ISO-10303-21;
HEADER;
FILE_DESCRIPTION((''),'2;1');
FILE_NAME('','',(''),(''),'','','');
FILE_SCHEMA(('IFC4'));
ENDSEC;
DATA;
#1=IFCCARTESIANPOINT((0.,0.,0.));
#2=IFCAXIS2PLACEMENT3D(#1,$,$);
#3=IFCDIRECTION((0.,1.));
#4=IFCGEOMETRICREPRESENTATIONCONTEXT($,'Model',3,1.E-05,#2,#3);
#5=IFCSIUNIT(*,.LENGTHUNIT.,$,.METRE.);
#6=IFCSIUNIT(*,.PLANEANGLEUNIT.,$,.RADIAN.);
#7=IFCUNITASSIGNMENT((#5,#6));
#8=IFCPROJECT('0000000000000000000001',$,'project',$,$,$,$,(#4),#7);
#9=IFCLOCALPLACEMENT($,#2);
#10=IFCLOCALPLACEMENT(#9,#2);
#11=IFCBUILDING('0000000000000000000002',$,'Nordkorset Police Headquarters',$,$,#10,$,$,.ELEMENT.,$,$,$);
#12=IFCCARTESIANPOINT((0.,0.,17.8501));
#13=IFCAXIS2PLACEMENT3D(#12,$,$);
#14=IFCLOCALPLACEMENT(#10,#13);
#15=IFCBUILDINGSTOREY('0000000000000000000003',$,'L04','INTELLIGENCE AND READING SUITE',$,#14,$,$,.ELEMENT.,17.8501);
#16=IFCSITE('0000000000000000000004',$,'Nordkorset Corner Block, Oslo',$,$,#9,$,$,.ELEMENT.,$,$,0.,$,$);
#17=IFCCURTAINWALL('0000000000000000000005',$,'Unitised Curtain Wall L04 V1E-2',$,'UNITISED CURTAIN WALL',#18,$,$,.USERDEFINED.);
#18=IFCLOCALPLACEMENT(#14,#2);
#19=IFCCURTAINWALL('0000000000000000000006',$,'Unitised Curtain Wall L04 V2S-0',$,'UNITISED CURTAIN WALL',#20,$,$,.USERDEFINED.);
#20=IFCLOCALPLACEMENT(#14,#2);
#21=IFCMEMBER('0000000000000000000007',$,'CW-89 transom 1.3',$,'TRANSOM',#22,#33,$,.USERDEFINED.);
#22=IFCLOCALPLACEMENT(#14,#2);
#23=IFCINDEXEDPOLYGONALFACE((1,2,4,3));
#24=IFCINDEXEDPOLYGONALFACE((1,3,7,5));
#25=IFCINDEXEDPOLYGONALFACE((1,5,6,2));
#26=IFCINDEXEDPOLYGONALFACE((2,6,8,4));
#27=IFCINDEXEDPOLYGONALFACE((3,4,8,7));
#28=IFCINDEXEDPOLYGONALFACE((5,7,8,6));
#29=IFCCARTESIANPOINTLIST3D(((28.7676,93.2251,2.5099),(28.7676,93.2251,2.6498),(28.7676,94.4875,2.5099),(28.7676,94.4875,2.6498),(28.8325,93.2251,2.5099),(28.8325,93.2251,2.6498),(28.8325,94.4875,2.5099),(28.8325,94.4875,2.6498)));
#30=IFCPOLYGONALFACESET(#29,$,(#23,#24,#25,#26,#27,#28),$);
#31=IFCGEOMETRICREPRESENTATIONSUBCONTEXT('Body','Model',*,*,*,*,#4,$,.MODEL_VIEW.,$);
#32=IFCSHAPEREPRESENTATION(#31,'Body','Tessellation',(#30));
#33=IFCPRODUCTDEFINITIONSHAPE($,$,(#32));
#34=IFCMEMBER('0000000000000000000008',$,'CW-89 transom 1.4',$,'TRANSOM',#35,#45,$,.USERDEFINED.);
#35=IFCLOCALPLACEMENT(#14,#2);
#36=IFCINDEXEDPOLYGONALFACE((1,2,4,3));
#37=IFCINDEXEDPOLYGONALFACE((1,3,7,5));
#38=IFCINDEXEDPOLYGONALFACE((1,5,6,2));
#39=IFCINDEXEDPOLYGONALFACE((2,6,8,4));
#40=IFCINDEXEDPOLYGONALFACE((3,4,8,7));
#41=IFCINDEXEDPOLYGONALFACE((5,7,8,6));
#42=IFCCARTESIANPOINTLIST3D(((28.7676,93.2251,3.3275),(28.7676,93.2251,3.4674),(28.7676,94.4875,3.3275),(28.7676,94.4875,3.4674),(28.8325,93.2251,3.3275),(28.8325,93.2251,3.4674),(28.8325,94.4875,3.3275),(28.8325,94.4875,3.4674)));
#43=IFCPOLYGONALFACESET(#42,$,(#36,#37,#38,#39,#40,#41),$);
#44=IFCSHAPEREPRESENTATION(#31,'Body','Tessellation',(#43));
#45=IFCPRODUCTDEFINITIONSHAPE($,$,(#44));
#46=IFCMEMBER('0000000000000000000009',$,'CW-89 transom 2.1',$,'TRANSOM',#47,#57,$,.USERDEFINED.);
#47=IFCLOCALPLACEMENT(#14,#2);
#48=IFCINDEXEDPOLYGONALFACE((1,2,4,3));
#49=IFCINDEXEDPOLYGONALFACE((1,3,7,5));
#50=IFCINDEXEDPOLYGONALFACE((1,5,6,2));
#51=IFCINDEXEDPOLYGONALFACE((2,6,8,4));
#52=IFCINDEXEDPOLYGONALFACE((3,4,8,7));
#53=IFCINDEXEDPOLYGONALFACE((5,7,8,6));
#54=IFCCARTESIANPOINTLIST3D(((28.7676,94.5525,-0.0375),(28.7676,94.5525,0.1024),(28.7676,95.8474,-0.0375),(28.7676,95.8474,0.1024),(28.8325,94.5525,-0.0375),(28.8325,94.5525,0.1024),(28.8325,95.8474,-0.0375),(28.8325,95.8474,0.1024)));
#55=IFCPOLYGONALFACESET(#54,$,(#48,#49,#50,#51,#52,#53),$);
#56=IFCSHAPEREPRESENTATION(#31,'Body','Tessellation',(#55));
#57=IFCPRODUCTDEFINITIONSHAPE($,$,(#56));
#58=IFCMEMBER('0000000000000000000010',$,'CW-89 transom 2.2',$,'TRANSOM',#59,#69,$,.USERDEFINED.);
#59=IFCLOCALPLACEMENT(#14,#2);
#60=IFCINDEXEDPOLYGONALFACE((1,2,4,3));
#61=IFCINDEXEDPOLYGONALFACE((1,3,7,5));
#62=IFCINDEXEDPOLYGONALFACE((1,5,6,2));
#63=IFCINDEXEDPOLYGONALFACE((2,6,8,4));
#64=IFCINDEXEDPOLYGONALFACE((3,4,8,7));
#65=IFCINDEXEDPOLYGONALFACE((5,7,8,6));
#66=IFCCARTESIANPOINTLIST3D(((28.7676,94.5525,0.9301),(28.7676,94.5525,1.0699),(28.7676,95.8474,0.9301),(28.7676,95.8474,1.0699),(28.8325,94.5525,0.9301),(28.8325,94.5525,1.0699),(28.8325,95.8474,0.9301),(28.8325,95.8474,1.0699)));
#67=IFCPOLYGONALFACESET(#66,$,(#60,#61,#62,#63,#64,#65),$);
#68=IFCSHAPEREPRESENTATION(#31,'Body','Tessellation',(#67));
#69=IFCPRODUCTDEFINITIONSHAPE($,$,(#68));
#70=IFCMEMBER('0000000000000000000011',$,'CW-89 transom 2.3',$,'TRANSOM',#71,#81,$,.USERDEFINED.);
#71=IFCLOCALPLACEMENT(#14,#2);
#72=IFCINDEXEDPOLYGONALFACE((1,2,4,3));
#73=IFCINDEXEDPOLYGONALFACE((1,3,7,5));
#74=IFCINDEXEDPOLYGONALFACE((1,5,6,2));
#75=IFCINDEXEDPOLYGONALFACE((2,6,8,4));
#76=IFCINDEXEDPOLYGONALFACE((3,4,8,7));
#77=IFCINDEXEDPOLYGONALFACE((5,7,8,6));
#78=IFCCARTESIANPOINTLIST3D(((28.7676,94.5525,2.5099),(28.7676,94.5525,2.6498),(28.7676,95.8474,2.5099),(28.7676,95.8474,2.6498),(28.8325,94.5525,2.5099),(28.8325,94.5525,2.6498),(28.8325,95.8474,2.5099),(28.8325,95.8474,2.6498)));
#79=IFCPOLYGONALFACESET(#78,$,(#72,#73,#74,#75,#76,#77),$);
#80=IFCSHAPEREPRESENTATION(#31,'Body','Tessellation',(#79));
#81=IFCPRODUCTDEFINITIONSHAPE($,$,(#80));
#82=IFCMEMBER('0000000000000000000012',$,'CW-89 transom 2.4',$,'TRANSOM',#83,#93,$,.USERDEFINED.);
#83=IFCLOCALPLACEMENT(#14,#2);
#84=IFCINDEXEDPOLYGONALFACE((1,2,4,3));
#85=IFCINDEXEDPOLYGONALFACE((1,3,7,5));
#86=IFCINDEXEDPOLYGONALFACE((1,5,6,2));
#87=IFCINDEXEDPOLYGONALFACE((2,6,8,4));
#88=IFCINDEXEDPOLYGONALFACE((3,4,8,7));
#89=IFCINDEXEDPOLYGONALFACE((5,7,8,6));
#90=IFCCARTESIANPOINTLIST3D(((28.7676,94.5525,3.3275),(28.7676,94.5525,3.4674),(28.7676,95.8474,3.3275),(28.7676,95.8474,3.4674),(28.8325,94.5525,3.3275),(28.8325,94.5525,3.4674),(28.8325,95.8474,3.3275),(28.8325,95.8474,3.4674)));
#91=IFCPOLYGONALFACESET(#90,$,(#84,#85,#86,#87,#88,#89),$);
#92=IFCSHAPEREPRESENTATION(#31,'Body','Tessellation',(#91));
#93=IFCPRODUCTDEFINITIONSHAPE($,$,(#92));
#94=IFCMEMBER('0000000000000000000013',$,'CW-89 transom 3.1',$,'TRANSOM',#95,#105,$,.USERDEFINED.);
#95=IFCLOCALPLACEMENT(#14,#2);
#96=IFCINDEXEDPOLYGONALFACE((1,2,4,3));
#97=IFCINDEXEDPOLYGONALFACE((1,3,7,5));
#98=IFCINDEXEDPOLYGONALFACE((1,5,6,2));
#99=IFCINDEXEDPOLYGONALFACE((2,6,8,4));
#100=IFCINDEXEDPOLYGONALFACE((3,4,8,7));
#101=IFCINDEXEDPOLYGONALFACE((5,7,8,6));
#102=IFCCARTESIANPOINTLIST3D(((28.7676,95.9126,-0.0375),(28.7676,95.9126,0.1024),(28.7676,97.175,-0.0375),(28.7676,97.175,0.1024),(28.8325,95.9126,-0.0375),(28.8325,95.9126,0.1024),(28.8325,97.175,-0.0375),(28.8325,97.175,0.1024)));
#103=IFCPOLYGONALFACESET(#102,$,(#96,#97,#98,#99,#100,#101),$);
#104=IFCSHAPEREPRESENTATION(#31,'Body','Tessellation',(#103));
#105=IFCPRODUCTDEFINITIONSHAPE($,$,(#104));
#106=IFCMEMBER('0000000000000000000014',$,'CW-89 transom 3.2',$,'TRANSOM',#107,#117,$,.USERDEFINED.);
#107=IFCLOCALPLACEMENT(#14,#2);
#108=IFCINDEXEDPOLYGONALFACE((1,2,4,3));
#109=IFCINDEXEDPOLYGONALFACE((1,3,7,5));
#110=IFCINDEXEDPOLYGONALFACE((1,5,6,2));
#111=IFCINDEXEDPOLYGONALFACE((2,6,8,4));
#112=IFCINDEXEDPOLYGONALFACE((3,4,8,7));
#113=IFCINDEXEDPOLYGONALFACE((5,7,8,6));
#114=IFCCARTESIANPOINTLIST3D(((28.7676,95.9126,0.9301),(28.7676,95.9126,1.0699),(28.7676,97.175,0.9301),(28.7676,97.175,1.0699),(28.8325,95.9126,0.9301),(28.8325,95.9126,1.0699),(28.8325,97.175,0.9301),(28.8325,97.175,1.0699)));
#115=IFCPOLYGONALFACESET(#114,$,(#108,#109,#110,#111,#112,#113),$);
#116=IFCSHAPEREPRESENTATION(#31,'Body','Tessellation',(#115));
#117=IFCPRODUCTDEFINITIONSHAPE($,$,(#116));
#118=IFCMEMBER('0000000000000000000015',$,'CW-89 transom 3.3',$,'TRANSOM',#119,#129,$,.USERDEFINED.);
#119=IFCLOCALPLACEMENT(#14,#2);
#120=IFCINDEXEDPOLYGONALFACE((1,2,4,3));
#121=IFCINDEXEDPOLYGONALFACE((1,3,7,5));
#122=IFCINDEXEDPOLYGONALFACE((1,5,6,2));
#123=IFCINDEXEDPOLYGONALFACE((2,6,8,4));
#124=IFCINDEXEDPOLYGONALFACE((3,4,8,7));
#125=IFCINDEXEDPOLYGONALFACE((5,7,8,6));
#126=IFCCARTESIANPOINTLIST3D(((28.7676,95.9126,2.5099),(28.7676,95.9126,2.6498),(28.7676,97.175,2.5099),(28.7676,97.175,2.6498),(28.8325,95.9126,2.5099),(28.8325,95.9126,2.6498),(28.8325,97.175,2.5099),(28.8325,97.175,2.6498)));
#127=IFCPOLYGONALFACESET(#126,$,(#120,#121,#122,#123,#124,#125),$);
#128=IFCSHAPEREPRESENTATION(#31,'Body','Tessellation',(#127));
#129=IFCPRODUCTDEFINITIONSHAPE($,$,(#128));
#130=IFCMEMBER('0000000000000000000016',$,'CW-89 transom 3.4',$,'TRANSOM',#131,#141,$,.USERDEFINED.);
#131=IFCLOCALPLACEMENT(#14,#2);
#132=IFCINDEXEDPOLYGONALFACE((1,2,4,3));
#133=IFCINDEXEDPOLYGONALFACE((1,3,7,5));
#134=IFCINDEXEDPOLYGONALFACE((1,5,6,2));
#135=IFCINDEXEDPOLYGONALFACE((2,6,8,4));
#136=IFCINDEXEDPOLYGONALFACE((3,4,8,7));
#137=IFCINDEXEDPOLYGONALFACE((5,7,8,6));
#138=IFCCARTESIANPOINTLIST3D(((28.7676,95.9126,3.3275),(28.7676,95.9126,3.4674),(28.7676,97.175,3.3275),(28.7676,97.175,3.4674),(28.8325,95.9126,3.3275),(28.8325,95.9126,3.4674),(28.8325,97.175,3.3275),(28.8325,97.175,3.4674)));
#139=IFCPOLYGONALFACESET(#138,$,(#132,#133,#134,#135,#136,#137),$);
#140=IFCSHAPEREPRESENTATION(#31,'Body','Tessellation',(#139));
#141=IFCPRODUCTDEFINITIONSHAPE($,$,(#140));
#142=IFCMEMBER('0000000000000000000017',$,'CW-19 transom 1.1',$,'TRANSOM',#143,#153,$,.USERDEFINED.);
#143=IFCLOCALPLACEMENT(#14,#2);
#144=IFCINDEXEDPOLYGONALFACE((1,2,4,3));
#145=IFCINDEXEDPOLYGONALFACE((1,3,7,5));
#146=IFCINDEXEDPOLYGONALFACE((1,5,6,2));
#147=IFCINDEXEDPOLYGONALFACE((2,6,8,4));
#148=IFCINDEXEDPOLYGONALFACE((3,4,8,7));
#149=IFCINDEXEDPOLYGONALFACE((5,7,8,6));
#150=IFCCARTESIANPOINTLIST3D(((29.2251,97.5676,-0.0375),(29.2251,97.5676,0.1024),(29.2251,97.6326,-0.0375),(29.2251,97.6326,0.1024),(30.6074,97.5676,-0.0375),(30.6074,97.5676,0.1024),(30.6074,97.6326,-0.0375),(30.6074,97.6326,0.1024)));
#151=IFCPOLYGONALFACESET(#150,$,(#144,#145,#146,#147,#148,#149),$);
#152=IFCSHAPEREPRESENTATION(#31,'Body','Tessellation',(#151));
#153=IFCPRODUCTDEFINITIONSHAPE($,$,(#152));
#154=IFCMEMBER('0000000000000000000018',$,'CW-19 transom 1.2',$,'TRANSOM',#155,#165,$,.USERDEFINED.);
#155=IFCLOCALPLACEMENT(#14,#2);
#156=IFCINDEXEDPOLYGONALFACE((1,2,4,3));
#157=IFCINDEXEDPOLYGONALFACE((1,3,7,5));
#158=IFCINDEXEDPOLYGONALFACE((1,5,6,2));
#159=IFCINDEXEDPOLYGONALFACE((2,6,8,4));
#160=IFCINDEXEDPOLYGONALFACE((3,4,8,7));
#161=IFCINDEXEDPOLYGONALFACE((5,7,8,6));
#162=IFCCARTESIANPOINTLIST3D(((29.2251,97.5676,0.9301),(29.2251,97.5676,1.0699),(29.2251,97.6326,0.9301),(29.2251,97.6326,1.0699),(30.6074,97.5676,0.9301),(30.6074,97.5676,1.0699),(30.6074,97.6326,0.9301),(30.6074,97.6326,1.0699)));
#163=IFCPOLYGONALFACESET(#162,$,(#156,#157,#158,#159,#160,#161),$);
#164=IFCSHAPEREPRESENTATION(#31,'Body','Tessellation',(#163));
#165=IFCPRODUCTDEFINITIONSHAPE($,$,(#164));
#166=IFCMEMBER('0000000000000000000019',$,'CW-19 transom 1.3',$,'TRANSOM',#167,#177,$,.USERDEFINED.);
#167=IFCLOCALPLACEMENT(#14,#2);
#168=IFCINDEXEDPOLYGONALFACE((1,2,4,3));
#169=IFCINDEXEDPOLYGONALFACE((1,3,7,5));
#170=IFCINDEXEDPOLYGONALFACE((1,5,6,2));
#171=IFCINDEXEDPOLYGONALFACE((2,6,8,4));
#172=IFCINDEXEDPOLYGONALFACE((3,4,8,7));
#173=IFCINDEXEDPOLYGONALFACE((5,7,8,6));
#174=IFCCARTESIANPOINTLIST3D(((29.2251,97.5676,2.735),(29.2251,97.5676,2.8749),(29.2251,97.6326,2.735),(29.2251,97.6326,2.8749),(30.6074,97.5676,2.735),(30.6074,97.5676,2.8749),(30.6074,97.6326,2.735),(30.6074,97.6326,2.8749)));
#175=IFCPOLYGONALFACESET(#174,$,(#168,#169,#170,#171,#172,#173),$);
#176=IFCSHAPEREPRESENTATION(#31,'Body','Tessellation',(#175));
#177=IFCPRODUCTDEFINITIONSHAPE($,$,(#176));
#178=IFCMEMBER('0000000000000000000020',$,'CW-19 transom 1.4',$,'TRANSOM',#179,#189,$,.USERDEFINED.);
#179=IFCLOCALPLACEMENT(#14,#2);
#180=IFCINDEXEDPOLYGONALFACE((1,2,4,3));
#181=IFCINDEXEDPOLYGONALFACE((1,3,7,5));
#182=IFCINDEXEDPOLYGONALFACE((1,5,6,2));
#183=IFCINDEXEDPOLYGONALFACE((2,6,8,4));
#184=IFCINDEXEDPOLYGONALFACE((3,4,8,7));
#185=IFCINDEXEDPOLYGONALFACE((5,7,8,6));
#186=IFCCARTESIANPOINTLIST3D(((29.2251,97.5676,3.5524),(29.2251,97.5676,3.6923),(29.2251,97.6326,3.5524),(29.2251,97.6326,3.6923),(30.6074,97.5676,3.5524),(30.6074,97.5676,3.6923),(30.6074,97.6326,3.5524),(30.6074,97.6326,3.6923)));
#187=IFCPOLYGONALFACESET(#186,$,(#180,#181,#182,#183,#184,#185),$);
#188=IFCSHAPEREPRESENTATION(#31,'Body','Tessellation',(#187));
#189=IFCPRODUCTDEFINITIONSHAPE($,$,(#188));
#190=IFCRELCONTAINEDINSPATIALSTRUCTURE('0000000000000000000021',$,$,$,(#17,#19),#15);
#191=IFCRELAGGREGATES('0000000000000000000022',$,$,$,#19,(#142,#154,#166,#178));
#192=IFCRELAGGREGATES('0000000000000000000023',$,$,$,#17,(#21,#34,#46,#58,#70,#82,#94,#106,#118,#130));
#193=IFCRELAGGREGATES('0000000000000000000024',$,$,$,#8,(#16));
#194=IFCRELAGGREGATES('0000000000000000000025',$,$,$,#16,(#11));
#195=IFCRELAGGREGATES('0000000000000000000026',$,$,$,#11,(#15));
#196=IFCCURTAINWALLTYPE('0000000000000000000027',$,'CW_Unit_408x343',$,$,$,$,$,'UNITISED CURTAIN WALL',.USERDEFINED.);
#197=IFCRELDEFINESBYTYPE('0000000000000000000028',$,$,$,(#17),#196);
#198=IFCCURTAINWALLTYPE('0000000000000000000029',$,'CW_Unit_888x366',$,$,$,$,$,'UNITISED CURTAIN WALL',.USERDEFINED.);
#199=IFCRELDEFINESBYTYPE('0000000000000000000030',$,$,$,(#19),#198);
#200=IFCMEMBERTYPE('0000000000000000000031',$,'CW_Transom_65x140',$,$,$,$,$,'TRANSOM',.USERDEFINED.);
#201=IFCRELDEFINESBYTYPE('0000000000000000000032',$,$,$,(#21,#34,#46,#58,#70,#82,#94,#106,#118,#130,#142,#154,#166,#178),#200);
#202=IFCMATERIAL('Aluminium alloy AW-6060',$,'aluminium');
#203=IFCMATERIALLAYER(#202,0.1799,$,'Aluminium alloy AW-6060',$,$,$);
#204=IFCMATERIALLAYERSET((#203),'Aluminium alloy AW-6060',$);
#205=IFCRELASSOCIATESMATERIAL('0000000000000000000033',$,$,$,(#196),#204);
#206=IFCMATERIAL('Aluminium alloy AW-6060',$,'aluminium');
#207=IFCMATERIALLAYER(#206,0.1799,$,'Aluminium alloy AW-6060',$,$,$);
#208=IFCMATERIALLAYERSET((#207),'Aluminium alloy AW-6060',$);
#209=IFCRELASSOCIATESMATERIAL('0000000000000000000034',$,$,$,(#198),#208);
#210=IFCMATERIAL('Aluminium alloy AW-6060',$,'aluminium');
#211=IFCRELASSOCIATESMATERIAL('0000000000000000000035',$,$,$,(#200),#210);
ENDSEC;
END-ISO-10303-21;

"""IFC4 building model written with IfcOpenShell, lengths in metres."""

from ifc_helpers import new_model, si_unit, direction, frame, origin, origin_2d, place, context, subcontext, project, spatial, rectangle, extrude, material, layer, layer_set, material_profile, profile_set, type_object, element, aggregate, save


model = new_model("IFC4")

# Units and contexts
model_context = context("Model", 3, precision=1e-05, world=origin(), true_north=direction((0.0, 1.0)))
body_context = subcontext(model_context, "Body", "Model", "MODEL_VIEW")
ifc_project = project(units=[si_unit("LENGTHUNIT", "METRE"), si_unit("PLANEANGLEUNIT", "RADIAN")], contexts=[model_context])

# Site, building, storey
site_placement = place(None, origin())
site = spatial("IfcSite", under=ifc_project, at=site_placement, Name="Nordkorset Corner Block, Oslo", CompositionType="ELEMENT", RefElevation=0.0)
building_placement = place(site_placement, origin())
building = spatial("IfcBuilding", under=site, at=building_placement, Name="Nordkorset Police Headquarters", CompositionType="ELEMENT")
storey_placement = place(building_placement, frame((0.0, 0.0, 17.8501)))
storey = spatial("IfcBuildingStorey", under=building, at=storey_placement, Name="L04", Description="INTELLIGENCE AND READING SUITE", CompositionType="ELEMENT", Elevation=17.8501)

# Curtain wall
ifc_material_1 = material(Name="Aluminium alloy AW-6060", Category="aluminium")
ifc_layer_1 = layer(ifc_material_1, 0.1799, Name="Aluminium alloy AW-6060")
ifc_layer_set_1 = layer_set([ifc_layer_1], Name="Aluminium alloy AW-6060")
curtain_wall_type_1 = type_object("IfcCurtainWallType", Name="CW_Unit_408x343", ElementType="UNITISED CURTAIN WALL", PredefinedType="USERDEFINED", material=ifc_layer_set_1)
curtain_wall_1_placement = place(storey_placement, origin())
curtain_wall_1 = element("IfcCurtainWall", 1, at=curtain_wall_1_placement, inside=storey, type_object=curtain_wall_type_1, Name="Unitised Curtain Wall L04 V1E-2", ObjectType="UNITISED CURTAIN WALL", PredefinedType="USERDEFINED")

# Curtain wall
ifc_material_2 = material(Name="Aluminium alloy AW-6060", Category="aluminium")
ifc_layer_2 = layer(ifc_material_2, 0.1799, Name="Aluminium alloy AW-6060")
ifc_layer_set_2 = layer_set([ifc_layer_2], Name="Aluminium alloy AW-6060")
curtain_wall_type_2 = type_object("IfcCurtainWallType", Name="CW_Unit_888x366", ElementType="UNITISED CURTAIN WALL", PredefinedType="USERDEFINED", material=ifc_layer_set_2)
curtain_wall_2_placement = place(storey_placement, origin())
curtain_wall_2 = element("IfcCurtainWall", 2, at=curtain_wall_2_placement, inside=storey, type_object=curtain_wall_type_2, Name="Unitised Curtain Wall L04 V2S-0", ObjectType="UNITISED CURTAIN WALL", PredefinedType="USERDEFINED")

# Members
ifc_material_3 = material(Name="Aluminium alloy AW-6060", Category="aluminium")
ifc_material_profile_1 = material_profile(ifc_material_3, rectangle(XDim=0.0649, YDim=0.1399, at=origin_2d()), Name="ALU TRAN 65x140")
ifc_profile_set_1 = profile_set([ifc_material_profile_1], Name="Aluminium alloy AW-6060")
member_type_1 = type_object("IfcMemberType", Name="CW_Transom_65x140", ElementType="TRANSOM", PredefinedType="USERDEFINED", material=ifc_profile_set_1)
member_1_placement = place(storey_placement, frame((28.8, 93.2251, 2.5798), z_axis=(0.0, 1.0, 0.0), x_axis=(-1.0, 0.0, 0.0)))
member_1 = element("IfcMember", 3, at=member_1_placement, type_object=member_type_1, Name="CW-89 transom 1.3", ObjectType="TRANSOM", PredefinedType="USERDEFINED", context=body_context, shape_type="SweptSolid", body=[
    extrude(rectangle(XDim=0.0649, YDim=0.1399, at=origin_2d()), origin(), (0.0, 0.0, 1.0), 1.2625),
])
member_2_placement = place(storey_placement, frame((28.8, 93.2251, 3.3975), z_axis=(0.0, 1.0, 0.0), x_axis=(-1.0, 0.0, 0.0)))
member_2 = element("IfcMember", 4, at=member_2_placement, type_object=member_type_1, Name="CW-89 transom 1.4", ObjectType="TRANSOM", PredefinedType="USERDEFINED", context=body_context, shape_type="SweptSolid", body=[
    extrude(rectangle(XDim=0.0649, YDim=0.1399, at=origin_2d()), origin(), (0.0, 0.0, 1.0), 1.2625),
])
member_3_placement = place(storey_placement, frame((28.8, 94.5525, 0.0325), z_axis=(0.0, 1.0, 0.0), x_axis=(-1.0, 0.0, 0.0)))
member_3 = element("IfcMember", 5, at=member_3_placement, type_object=member_type_1, Name="CW-89 transom 2.1", ObjectType="TRANSOM", PredefinedType="USERDEFINED", context=body_context, shape_type="SweptSolid", body=[
    extrude(rectangle(XDim=0.0649, YDim=0.1399, at=origin_2d()), origin(), (0.0, 0.0, 1.0), 1.2949),
])
member_4_placement = place(storey_placement, frame((28.8, 94.5525, 1.0), z_axis=(0.0, 1.0, 0.0), x_axis=(-1.0, 0.0, 0.0)))
member_4 = element("IfcMember", 6, at=member_4_placement, type_object=member_type_1, Name="CW-89 transom 2.2", ObjectType="TRANSOM", PredefinedType="USERDEFINED", context=body_context, shape_type="SweptSolid", body=[
    extrude(rectangle(XDim=0.0649, YDim=0.1399, at=origin_2d()), origin(), (0.0, 0.0, 1.0), 1.2949),
])
member_5_placement = place(storey_placement, frame((28.8, 94.5525, 2.5798), z_axis=(0.0, 1.0, 0.0), x_axis=(-1.0, 0.0, 0.0)))
member_5 = element("IfcMember", 7, at=member_5_placement, type_object=member_type_1, Name="CW-89 transom 2.3", ObjectType="TRANSOM", PredefinedType="USERDEFINED", context=body_context, shape_type="SweptSolid", body=[
    extrude(rectangle(XDim=0.0649, YDim=0.1399, at=origin_2d()), origin(), (0.0, 0.0, 1.0), 1.2949),
])
member_6_placement = place(storey_placement, frame((28.8, 94.5525, 3.3975), z_axis=(0.0, 1.0, 0.0), x_axis=(-1.0, 0.0, 0.0)))
member_6 = element("IfcMember", 8, at=member_6_placement, type_object=member_type_1, Name="CW-89 transom 2.4", ObjectType="TRANSOM", PredefinedType="USERDEFINED", context=body_context, shape_type="SweptSolid", body=[
    extrude(rectangle(XDim=0.0649, YDim=0.1399, at=origin_2d()), origin(), (0.0, 0.0, 1.0), 1.2949),
])
member_7_placement = place(storey_placement, frame((28.8, 95.9126, 0.0325), z_axis=(0.0, 1.0, 0.0), x_axis=(-1.0, 0.0, 0.0)))
member_7 = element("IfcMember", 9, at=member_7_placement, type_object=member_type_1, Name="CW-89 transom 3.1", ObjectType="TRANSOM", PredefinedType="USERDEFINED", context=body_context, shape_type="SweptSolid", body=[
    extrude(rectangle(XDim=0.0649, YDim=0.1399, at=origin_2d()), origin(), (0.0, 0.0, 1.0), 1.2625),
])
member_8_placement = place(storey_placement, frame((28.8, 95.9126, 1.0), z_axis=(0.0, 1.0, 0.0), x_axis=(-1.0, 0.0, 0.0)))
member_8 = element("IfcMember", 10, at=member_8_placement, type_object=member_type_1, Name="CW-89 transom 3.2", ObjectType="TRANSOM", PredefinedType="USERDEFINED", context=body_context, shape_type="SweptSolid", body=[
    extrude(rectangle(XDim=0.0649, YDim=0.1399, at=origin_2d()), origin(), (0.0, 0.0, 1.0), 1.2625),
])
member_9_placement = place(storey_placement, frame((28.8, 95.9126, 2.5798), z_axis=(0.0, 1.0, 0.0), x_axis=(-1.0, 0.0, 0.0)))
member_9 = element("IfcMember", 11, at=member_9_placement, type_object=member_type_1, Name="CW-89 transom 3.3", ObjectType="TRANSOM", PredefinedType="USERDEFINED", context=body_context, shape_type="SweptSolid", body=[
    extrude(rectangle(XDim=0.0649, YDim=0.1399, at=origin_2d()), origin(), (0.0, 0.0, 1.0), 1.2625),
])
member_10_placement = place(storey_placement, frame((28.8, 95.9126, 3.3975), z_axis=(0.0, 1.0, 0.0), x_axis=(-1.0, 0.0, 0.0)))
member_10 = element("IfcMember", 12, at=member_10_placement, type_object=member_type_1, Name="CW-89 transom 3.4", ObjectType="TRANSOM", PredefinedType="USERDEFINED", context=body_context, shape_type="SweptSolid", body=[
    extrude(rectangle(XDim=0.0649, YDim=0.1399, at=origin_2d()), origin(), (0.0, 0.0, 1.0), 1.2625),
])
member_11_placement = place(storey_placement, frame((29.2251, 97.6001, 0.0325), z_axis=(1.0, 0.0, 0.0), x_axis=(0.0, 1.0, 0.0)))
member_11 = element("IfcMember", 13, at=member_11_placement, type_object=member_type_1, Name="CW-19 transom 1.1", ObjectType="TRANSOM", PredefinedType="USERDEFINED", context=body_context, shape_type="SweptSolid", body=[
    extrude(rectangle(XDim=0.0649, YDim=0.1399, at=origin_2d()), origin(), (0.0, 0.0, 1.0), 1.3823),
])
member_12_placement = place(storey_placement, frame((29.2251, 97.6001, 1.0), z_axis=(1.0, 0.0, 0.0), x_axis=(0.0, 1.0, 0.0)))
member_12 = element("IfcMember", 14, at=member_12_placement, type_object=member_type_1, Name="CW-19 transom 1.2", ObjectType="TRANSOM", PredefinedType="USERDEFINED", context=body_context, shape_type="SweptSolid", body=[
    extrude(rectangle(XDim=0.0649, YDim=0.1399, at=origin_2d()), origin(), (0.0, 0.0, 1.0), 1.3823),
])
member_13_placement = place(storey_placement, frame((29.2251, 97.6001, 2.8049), z_axis=(1.0, 0.0, 0.0), x_axis=(0.0, 1.0, 0.0)))
member_13 = element("IfcMember", 15, at=member_13_placement, type_object=member_type_1, Name="CW-19 transom 1.3", ObjectType="TRANSOM", PredefinedType="USERDEFINED", context=body_context, shape_type="SweptSolid", body=[
    extrude(rectangle(XDim=0.0649, YDim=0.1399, at=origin_2d()), origin(), (0.0, 0.0, 1.0), 1.3823),
])
member_14_placement = place(storey_placement, frame((29.2251, 97.6001, 3.6223), z_axis=(1.0, 0.0, 0.0), x_axis=(0.0, 1.0, 0.0)))
member_14 = element("IfcMember", 16, at=member_14_placement, type_object=member_type_1, Name="CW-19 transom 1.4", ObjectType="TRANSOM", PredefinedType="USERDEFINED", context=body_context, shape_type="SweptSolid", body=[
    extrude(rectangle(XDim=0.0649, YDim=0.1399, at=origin_2d()), origin(), (0.0, 0.0, 1.0), 1.3823),
])
aggregate(curtain_wall_2, [member_11, member_12, member_13, member_14])

aggregate(curtain_wall_1, [member_1, member_2, member_3, member_4, member_5, member_6, member_7, member_8, member_9, member_10])

save(model, "model.ifc")
